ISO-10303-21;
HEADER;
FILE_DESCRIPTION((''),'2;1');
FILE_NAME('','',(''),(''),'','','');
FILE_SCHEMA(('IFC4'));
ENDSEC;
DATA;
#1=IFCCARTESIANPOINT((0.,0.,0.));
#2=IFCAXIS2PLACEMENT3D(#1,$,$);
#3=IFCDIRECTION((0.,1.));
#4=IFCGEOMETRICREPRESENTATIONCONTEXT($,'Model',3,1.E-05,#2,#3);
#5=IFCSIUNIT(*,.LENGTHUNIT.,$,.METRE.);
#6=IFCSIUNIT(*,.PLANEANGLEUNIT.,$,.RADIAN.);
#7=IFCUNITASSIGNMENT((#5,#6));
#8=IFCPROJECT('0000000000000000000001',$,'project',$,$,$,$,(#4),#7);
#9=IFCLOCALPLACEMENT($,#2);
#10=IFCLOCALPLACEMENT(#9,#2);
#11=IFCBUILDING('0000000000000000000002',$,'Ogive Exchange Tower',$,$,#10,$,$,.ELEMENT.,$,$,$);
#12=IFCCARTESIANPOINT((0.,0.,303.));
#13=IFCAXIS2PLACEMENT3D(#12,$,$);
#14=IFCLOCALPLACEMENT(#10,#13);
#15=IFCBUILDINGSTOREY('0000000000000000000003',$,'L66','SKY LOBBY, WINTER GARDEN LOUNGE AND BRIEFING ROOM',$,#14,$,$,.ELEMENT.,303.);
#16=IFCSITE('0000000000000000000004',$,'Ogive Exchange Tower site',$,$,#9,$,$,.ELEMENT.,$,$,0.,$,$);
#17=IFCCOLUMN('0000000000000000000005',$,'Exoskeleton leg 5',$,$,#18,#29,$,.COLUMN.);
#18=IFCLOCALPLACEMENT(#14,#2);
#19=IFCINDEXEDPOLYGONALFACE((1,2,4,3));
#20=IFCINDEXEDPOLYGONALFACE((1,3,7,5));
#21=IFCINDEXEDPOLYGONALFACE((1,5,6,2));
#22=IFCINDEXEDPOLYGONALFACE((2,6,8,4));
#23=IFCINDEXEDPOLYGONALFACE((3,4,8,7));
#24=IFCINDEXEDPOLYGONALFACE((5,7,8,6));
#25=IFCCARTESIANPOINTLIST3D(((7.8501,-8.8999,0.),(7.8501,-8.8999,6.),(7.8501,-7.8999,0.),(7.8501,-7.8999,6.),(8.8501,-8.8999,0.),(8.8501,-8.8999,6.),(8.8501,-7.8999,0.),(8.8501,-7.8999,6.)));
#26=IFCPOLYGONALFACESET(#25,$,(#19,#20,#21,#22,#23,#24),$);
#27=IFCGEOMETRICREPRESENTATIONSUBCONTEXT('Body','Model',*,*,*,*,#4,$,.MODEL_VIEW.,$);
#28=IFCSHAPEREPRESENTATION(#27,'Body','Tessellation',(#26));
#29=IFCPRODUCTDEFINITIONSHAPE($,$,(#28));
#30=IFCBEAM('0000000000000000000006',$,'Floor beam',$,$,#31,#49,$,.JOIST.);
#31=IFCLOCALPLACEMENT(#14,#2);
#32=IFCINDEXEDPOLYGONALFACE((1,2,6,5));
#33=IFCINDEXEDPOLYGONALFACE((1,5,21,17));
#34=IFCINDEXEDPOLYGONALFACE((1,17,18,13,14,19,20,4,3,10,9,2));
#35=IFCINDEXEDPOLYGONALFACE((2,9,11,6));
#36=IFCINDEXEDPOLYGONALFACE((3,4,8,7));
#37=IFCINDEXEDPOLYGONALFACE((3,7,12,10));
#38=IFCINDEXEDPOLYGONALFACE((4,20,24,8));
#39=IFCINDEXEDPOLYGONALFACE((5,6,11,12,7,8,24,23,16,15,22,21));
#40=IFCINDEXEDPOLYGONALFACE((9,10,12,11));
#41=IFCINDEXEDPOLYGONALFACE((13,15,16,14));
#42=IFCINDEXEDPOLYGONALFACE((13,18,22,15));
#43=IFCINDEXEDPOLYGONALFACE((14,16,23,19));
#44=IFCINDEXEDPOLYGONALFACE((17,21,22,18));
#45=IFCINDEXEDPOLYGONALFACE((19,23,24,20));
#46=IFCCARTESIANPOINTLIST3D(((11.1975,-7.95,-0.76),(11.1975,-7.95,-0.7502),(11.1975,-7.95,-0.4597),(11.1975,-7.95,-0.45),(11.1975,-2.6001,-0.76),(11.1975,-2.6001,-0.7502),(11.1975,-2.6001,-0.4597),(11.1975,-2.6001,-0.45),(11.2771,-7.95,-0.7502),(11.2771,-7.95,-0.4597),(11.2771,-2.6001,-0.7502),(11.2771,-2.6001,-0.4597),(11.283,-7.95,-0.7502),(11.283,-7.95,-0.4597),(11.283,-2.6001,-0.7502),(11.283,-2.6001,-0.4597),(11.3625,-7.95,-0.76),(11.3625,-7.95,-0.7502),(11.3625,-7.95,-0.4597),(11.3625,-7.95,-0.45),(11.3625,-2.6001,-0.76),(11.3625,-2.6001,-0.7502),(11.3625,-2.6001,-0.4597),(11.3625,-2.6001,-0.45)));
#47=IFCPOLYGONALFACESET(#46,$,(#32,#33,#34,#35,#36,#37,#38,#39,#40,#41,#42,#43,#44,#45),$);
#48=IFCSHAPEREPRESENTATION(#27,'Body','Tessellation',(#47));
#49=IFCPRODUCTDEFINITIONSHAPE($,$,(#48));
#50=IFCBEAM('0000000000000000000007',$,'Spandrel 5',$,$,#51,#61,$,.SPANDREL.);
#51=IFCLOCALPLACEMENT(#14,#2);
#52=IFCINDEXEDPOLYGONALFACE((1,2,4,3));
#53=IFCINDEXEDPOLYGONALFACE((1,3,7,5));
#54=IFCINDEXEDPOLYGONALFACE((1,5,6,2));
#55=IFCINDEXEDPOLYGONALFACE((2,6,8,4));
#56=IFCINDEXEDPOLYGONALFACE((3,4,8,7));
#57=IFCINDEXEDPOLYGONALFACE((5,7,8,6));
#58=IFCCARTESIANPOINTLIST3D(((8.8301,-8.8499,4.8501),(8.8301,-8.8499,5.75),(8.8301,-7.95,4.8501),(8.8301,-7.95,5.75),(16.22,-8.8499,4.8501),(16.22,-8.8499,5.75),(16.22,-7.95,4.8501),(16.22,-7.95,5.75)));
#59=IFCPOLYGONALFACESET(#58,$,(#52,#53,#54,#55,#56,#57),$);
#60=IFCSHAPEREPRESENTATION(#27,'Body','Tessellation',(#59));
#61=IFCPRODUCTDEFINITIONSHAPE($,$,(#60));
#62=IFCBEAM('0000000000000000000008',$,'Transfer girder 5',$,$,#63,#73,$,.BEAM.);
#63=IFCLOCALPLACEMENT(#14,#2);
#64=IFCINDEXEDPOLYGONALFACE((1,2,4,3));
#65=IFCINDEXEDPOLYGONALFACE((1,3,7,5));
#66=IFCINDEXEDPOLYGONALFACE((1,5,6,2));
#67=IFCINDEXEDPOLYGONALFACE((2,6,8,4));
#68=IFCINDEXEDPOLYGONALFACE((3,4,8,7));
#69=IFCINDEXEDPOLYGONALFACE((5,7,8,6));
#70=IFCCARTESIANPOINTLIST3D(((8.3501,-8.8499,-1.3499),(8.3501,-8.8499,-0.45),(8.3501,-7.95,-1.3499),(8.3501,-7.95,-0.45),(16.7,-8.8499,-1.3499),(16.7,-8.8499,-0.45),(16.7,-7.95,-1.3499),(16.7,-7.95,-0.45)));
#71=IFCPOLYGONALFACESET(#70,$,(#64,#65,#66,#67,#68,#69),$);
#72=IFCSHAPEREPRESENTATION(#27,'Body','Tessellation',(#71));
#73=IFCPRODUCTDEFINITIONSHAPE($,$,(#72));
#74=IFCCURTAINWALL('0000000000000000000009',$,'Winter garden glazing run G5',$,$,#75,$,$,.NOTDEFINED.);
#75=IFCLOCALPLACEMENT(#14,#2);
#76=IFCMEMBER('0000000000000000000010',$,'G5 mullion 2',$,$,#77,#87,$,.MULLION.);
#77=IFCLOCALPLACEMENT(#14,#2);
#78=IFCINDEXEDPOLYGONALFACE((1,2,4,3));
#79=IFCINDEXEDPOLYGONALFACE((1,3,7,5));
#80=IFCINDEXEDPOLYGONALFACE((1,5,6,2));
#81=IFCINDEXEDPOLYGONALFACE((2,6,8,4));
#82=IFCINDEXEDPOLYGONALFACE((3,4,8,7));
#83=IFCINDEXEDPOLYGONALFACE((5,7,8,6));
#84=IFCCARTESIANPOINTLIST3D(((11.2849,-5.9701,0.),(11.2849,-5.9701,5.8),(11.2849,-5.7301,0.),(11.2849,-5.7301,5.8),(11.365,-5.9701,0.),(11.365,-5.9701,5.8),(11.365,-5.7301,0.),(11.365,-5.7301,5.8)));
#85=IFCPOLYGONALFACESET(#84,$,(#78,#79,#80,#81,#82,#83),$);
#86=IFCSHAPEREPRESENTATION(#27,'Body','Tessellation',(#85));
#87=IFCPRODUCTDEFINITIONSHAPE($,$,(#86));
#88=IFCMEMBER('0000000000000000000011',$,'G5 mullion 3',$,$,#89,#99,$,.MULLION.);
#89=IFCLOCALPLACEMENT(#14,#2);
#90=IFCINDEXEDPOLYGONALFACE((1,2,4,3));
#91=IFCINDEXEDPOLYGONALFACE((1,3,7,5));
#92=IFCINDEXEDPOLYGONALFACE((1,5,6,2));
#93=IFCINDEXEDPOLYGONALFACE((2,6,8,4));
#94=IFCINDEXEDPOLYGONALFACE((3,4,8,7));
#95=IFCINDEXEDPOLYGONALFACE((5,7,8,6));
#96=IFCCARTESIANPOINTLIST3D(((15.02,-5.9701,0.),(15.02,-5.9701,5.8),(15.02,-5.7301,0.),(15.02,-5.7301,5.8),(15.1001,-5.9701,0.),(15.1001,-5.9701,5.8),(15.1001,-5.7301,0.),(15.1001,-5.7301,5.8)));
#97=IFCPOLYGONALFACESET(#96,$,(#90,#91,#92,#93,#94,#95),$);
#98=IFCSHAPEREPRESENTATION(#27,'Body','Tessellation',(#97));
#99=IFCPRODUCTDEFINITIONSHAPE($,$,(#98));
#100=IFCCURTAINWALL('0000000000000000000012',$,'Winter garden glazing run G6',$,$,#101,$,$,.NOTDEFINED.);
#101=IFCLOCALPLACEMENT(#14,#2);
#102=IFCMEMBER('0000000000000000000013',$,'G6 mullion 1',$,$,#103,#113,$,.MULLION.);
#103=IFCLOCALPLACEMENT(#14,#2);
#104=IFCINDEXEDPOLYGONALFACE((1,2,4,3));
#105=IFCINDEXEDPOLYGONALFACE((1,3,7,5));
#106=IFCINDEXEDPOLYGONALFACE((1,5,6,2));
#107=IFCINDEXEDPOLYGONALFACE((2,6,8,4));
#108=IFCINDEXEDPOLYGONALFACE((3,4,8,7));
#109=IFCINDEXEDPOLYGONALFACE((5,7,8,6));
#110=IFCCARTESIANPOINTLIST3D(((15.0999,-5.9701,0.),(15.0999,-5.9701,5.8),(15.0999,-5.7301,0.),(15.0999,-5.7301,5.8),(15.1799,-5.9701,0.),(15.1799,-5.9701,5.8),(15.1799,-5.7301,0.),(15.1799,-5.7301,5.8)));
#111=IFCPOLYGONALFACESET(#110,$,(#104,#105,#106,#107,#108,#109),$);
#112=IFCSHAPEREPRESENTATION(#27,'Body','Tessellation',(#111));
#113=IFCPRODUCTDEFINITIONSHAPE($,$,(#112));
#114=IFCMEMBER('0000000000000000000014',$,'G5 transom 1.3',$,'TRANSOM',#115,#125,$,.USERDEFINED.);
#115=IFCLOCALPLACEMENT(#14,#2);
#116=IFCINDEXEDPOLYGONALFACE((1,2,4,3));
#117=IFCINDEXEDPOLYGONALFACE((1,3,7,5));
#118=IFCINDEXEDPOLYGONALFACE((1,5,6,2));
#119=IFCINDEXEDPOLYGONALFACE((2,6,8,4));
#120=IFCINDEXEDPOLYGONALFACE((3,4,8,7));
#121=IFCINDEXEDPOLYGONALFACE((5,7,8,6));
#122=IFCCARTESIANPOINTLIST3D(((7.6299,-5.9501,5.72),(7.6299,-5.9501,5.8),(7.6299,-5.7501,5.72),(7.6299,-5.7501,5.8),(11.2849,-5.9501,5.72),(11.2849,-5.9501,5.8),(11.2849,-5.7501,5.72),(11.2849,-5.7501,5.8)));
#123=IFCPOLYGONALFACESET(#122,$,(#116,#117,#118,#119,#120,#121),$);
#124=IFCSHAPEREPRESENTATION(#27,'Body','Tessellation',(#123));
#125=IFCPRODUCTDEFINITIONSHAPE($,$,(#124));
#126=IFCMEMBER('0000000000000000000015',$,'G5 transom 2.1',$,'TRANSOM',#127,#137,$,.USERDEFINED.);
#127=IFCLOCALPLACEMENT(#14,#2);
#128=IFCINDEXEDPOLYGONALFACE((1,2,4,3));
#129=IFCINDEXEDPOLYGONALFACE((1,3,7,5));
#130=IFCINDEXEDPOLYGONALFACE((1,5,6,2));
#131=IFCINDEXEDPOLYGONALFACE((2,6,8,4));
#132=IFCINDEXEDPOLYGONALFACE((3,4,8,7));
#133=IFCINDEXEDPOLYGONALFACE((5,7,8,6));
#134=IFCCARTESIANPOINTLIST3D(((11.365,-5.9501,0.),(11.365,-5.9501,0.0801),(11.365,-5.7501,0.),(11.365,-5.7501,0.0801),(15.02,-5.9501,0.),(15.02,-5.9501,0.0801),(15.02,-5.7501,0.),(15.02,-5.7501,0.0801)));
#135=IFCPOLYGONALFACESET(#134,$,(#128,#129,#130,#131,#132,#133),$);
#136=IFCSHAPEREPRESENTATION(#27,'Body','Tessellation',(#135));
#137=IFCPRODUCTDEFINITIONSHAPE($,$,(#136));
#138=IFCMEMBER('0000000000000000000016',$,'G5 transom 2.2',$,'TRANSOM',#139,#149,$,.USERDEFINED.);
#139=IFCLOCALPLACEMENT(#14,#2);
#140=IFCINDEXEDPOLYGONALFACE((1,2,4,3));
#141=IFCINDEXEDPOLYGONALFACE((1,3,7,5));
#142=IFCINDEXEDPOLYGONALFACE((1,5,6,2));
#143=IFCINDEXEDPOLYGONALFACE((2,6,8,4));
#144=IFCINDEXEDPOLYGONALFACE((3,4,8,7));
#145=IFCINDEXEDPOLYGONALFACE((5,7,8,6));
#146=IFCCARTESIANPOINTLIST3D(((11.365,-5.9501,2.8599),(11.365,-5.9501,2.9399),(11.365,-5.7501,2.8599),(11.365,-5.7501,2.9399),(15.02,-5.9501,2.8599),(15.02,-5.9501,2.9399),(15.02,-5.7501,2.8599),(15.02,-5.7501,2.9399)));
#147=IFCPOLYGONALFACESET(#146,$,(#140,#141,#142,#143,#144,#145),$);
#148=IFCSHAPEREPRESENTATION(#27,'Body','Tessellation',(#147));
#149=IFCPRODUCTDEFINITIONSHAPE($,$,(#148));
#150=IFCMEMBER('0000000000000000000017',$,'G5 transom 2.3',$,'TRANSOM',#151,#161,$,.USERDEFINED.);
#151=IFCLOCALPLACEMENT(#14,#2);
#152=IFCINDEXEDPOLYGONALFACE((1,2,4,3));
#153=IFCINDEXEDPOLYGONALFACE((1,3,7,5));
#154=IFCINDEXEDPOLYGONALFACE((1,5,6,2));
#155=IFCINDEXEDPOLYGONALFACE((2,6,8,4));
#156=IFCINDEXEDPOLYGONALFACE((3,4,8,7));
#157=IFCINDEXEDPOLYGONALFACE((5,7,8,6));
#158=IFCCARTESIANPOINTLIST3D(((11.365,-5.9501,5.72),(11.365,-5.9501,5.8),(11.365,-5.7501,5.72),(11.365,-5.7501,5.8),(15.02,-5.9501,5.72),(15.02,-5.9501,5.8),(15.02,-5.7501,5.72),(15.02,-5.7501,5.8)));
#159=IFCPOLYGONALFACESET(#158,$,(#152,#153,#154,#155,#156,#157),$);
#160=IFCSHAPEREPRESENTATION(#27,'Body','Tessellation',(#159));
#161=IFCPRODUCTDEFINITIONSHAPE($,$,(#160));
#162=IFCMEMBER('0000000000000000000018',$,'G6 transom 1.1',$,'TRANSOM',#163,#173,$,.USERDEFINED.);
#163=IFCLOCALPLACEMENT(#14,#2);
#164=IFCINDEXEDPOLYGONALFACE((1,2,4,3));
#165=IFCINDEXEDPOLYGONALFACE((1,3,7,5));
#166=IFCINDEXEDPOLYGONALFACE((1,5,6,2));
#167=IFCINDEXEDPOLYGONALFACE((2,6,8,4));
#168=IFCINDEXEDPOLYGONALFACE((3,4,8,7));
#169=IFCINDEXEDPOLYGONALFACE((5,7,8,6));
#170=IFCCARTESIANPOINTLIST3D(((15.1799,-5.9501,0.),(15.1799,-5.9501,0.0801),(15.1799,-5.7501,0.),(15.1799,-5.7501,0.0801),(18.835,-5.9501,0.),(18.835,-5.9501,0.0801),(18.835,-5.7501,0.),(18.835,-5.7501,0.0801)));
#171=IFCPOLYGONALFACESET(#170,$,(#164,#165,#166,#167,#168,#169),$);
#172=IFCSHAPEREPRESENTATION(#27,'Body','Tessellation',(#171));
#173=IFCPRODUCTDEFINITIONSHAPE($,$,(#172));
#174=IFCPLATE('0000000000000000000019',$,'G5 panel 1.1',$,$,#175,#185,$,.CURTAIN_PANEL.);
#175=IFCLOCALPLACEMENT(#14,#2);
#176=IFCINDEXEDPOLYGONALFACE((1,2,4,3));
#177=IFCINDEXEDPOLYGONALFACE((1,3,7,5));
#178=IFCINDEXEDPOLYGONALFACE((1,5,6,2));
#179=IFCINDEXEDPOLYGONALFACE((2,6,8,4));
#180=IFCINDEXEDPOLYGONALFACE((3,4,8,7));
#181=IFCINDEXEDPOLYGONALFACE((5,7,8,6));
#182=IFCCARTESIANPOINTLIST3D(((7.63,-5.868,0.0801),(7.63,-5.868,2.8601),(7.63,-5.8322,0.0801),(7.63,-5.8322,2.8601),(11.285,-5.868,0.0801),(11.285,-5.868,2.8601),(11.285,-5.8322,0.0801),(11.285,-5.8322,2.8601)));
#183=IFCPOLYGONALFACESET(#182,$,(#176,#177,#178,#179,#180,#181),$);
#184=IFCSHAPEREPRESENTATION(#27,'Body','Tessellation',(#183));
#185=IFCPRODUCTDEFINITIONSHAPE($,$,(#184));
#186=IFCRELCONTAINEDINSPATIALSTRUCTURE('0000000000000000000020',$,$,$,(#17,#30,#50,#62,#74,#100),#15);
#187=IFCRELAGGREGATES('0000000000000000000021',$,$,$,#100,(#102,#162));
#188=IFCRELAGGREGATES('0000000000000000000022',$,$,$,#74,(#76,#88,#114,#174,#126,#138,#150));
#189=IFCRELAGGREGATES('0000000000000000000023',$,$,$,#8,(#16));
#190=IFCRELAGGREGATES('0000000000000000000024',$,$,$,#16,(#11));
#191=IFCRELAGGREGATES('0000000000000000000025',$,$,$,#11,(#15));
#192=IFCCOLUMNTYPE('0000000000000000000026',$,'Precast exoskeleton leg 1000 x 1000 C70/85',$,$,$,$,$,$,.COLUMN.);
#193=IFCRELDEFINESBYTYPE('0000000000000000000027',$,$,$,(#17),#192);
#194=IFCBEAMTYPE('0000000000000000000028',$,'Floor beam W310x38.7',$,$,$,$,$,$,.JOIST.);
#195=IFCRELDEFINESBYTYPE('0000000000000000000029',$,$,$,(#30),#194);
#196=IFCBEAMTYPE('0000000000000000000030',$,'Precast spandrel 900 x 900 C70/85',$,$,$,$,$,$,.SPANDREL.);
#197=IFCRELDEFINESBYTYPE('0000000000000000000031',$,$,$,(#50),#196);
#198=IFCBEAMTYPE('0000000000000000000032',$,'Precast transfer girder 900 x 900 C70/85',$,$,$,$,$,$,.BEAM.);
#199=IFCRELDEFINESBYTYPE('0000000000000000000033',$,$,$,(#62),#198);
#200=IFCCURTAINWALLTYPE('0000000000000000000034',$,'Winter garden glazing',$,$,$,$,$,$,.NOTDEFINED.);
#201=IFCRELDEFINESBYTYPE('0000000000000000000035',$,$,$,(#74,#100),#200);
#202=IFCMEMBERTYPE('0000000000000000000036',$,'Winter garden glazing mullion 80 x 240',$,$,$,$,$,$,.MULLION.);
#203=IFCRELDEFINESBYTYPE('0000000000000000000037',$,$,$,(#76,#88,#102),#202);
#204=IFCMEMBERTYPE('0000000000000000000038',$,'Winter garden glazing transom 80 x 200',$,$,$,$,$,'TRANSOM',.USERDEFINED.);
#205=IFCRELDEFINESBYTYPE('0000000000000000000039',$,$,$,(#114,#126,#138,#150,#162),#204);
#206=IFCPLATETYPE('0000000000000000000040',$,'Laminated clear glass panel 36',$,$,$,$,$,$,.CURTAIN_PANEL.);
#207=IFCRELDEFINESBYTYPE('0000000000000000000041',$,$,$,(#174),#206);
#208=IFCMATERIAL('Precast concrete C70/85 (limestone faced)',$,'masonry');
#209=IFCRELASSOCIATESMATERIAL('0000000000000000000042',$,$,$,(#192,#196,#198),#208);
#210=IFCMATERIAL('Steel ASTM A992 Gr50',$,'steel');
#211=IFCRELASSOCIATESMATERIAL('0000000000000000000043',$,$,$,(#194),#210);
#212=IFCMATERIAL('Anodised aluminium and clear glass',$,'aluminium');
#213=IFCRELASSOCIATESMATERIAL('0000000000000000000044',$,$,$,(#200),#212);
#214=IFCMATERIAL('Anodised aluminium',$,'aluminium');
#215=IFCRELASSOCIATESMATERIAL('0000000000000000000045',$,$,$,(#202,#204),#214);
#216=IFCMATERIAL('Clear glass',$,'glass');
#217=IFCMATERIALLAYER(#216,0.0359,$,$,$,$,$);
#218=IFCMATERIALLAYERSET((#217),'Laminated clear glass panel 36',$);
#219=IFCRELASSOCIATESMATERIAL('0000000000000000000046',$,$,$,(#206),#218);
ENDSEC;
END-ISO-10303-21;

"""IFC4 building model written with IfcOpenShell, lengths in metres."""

from ifc_helpers import new_model, si_unit, direction, frame, origin, origin_2d, place, context, subcontext, project, spatial, rectangle, i_section, extrude, material, layer, layer_set, material_profile, profile_set, type_object, element, aggregate, save


model = new_model("IFC4")

# Units and contexts
model_context = context("Model", 3, precision=1e-05, world=origin(), true_north=direction((0.0, 1.0)))
body_context = subcontext(model_context, "Body", "Model", "MODEL_VIEW")
ifc_project = project(units=[si_unit("LENGTHUNIT", "METRE"), si_unit("PLANEANGLEUNIT", "RADIAN")], contexts=[model_context])

# Site, building, storey
site_placement = place(None, origin())
site = spatial("IfcSite", under=ifc_project, at=site_placement, Name="Ogive Exchange Tower site", CompositionType="ELEMENT", RefElevation=0.0)
building_placement = place(site_placement, origin())
building = spatial("IfcBuilding", under=site, at=building_placement, Name="Ogive Exchange Tower", CompositionType="ELEMENT")
storey_placement = place(building_placement, frame((0.0, 0.0, 303.0)))
storey = spatial("IfcBuildingStorey", under=building, at=storey_placement, Name="L66", Description="SKY LOBBY, WINTER GARDEN LOUNGE AND BRIEFING ROOM", CompositionType="ELEMENT", Elevation=303.0)

# Column
ifc_material_1 = material(Name="Precast concrete C70/85 (limestone faced)", Category="masonry")
ifc_material_profile_1 = material_profile(ifc_material_1, rectangle(XDim=1.0, YDim=1.0, at=origin_2d()), Name="1000 x 1000")
ifc_profile_set_1 = profile_set([ifc_material_profile_1], Name="Precast concrete C70/85 (limestone faced)")
column_type = type_object("IfcColumnType", Name="Precast exoskeleton leg 1000 x 1000 C70/85", PredefinedType="COLUMN", material=ifc_profile_set_1)
column_placement = place(storey_placement, frame((8.3501, -8.3999, 0.0), z_axis=(0.0, 0.0, 1.0), x_axis=(1.0, 0.0, 0.0)))
element("IfcColumn", 1, at=column_placement, inside=storey, type_object=column_type, Name="Exoskeleton leg 5", PredefinedType="COLUMN", context=body_context, shape_type="SweptSolid", body=[
    extrude(rectangle(XDim=1.0, YDim=1.0, at=origin_2d()), origin(), (0.0, 0.0, 1.0), 6.0),
])

# Beams
ifc_material_2 = material(Name="Steel ASTM A992 Gr50", Category="steel")
ifc_material_profile_2 = material_profile(ifc_material_2, i_section(OverallWidth=0.165, OverallDepth=0.3101, WebThickness=0.0059, FlangeThickness=0.0098, at=origin_2d()), Name="W310x38.7")
ifc_profile_set_2 = profile_set([ifc_material_profile_2], Name="Steel ASTM A992 Gr50")
beam_type_1 = type_object("IfcBeamType", Name="Floor beam W310x38.7", PredefinedType="JOIST", material=ifc_profile_set_2)
beam_1_placement = place(storey_placement, frame((11.28, -7.95, -0.605), z_axis=(0.0, 1.0, 0.0), x_axis=(-1.0, 0.0, 0.0)))
element("IfcBeam", 2, at=beam_1_placement, inside=storey, type_object=beam_type_1, Name="Floor beam", PredefinedType="JOIST", context=body_context, shape_type="SweptSolid", body=[
    extrude(i_section(OverallWidth=0.165, OverallDepth=0.3101, WebThickness=0.0059, FlangeThickness=0.0098, at=origin_2d()), origin(), (0.0, 0.0, 1.0), 5.3499),
])
ifc_material_profile_3 = material_profile(ifc_material_1, rectangle(XDim=0.8999, YDim=0.8999, at=origin_2d()), Name="900 x 900")
ifc_profile_set_3 = profile_set([ifc_material_profile_3], Name="Precast concrete C70/85 (limestone faced)")
beam_type_2 = type_object("IfcBeamType", Name="Precast spandrel 900 x 900 C70/85", PredefinedType="SPANDREL", material=ifc_profile_set_3)
beam_2_placement = place(storey_placement, frame((8.8301, -8.3999, 5.3), z_axis=(1.0, 0.0, 0.0), x_axis=(0.0, 1.0, 0.0)))
element("IfcBeam", 3, at=beam_2_placement, inside=storey, type_object=beam_type_2, Name="Spandrel 5", PredefinedType="SPANDREL", context=body_context, shape_type="SweptSolid", body=[
    extrude(rectangle(XDim=0.8999, YDim=0.8999, at=origin_2d()), origin(), (0.0, 0.0, 1.0), 7.3899),
])
ifc_material_profile_4 = material_profile(ifc_material_1, rectangle(XDim=0.8999, YDim=0.8999, at=origin_2d()), Name="900 x 900")
ifc_profile_set_4 = profile_set([ifc_material_profile_4], Name="Precast concrete C70/85 (limestone faced)")
beam_type_3 = type_object("IfcBeamType", Name="Precast transfer girder 900 x 900 C70/85", PredefinedType="BEAM", material=ifc_profile_set_4)
beam_3_placement = place(storey_placement, frame((8.3501, -8.3999, -0.8999), z_axis=(1.0, 0.0, 0.0), x_axis=(0.0, 1.0, 0.0)))
element("IfcBeam", 4, at=beam_3_placement, inside=storey, type_object=beam_type_3, Name="Transfer girder 5", PredefinedType="BEAM", context=body_context, shape_type="SweptSolid", body=[
    extrude(rectangle(XDim=0.8999, YDim=0.8999, at=origin_2d()), origin(), (0.0, 0.0, 1.0), 8.3499),
])

# Curtain wall, members
ifc_material_3 = material(Name="Anodised aluminium and clear glass", Category="aluminium")
curtain_wall_type = type_object("IfcCurtainWallType", Name="Winter garden glazing", PredefinedType="NOTDEFINED", material=ifc_material_3)
curtain_wall_1_placement = place(storey_placement, origin())
curtain_wall_1 = element("IfcCurtainWall", 5, at=curtain_wall_1_placement, inside=storey, type_object=curtain_wall_type, Name="Winter garden glazing run G5", PredefinedType="NOTDEFINED")
ifc_material_4 = material(Name="Anodised aluminium", Category="aluminium")
ifc_material_profile_5 = material_profile(ifc_material_4, rectangle(XDim=0.24, YDim=0.0801, at=origin_2d()), Name="AL 80x240")
ifc_profile_set_5 = profile_set([ifc_material_profile_5], Name="Anodised aluminium")
member_type_1 = type_object("IfcMemberType", Name="Winter garden glazing mullion 80 x 240", PredefinedType="MULLION", material=ifc_profile_set_5)
member_1_placement = place(storey_placement, frame((11.325, -5.8501, 0.0), z_axis=(0.0, 0.0, 1.0), x_axis=(0.0, 1.0, 0.0)))
member_1 = element("IfcMember", 6, at=member_1_placement, type_object=member_type_1, Name="G5 mullion 2", PredefinedType="MULLION", context=body_context, shape_type="SweptSolid", body=[
    extrude(rectangle(XDim=0.24, YDim=0.0801, at=origin_2d()), origin(), (0.0, 0.0, 1.0), 5.8),
])
member_2_placement = place(storey_placement, frame((15.0601, -5.8501, 0.0), z_axis=(0.0, 0.0, 1.0), x_axis=(0.0, 1.0, 0.0)))
member_2 = element("IfcMember", 7, at=member_2_placement, type_object=member_type_1, Name="G5 mullion 3", PredefinedType="MULLION", context=body_context, shape_type="SweptSolid", body=[
    extrude(rectangle(XDim=0.24, YDim=0.0801, at=origin_2d()), origin(), (0.0, 0.0, 1.0), 5.8),
])

# Curtain wall, member
curtain_wall_2_placement = place(storey_placement, origin())
curtain_wall_2 = element("IfcCurtainWall", 8, at=curtain_wall_2_placement, inside=storey, type_object=curtain_wall_type, Name="Winter garden glazing run G6", PredefinedType="NOTDEFINED")
member_3_placement = place(storey_placement, frame((15.1399, -5.8501, 0.0), z_axis=(0.0, 0.0, 1.0), x_axis=(0.0, 1.0, 0.0)))
member_3 = element("IfcMember", 9, at=member_3_placement, type_object=member_type_1, Name="G6 mullion 1", PredefinedType="MULLION", context=body_context, shape_type="SweptSolid", body=[
    extrude(rectangle(XDim=0.24, YDim=0.0801, at=origin_2d()), origin(), (0.0, 0.0, 1.0), 5.8),
])

# Members
ifc_material_profile_6 = material_profile(ifc_material_4, rectangle(XDim=0.2, YDim=0.0801, at=origin_2d()), Name="AL 80x200")
ifc_profile_set_6 = profile_set([ifc_material_profile_6], Name="Anodised aluminium")
member_type_2 = type_object("IfcMemberType", Name="Winter garden glazing transom 80 x 200", ElementType="TRANSOM", PredefinedType="USERDEFINED", material=ifc_profile_set_6)
member_4_placement = place(storey_placement, frame((7.6299, -5.8501, 5.76), z_axis=(1.0, 0.0, 0.0), x_axis=(0.0, 1.0, 0.0)))
member_4 = element("IfcMember", 10, at=member_4_placement, type_object=member_type_2, Name="G5 transom 1.3", ObjectType="TRANSOM", PredefinedType="USERDEFINED", context=body_context, shape_type="SweptSolid", body=[
    extrude(rectangle(XDim=0.2, YDim=0.0801, at=origin_2d()), origin(), (0.0, 0.0, 1.0), 3.655),
])
member_5_placement = place(storey_placement, frame((11.365, -5.8501, 0.04), z_axis=(1.0, 0.0, 0.0), x_axis=(0.0, 1.0, 0.0)))
member_5 = element("IfcMember", 11, at=member_5_placement, type_object=member_type_2, Name="G5 transom 2.1", ObjectType="TRANSOM", PredefinedType="USERDEFINED", context=body_context, shape_type="SweptSolid", body=[
    extrude(rectangle(XDim=0.2, YDim=0.0801, at=origin_2d()), origin(), (0.0, 0.0, 1.0), 3.655),
])
member_6_placement = place(storey_placement, frame((11.365, -5.8501, 2.8999), z_axis=(1.0, 0.0, 0.0), x_axis=(0.0, 1.0, 0.0)))
member_6 = element("IfcMember", 12, at=member_6_placement, type_object=member_type_2, Name="G5 transom 2.2", ObjectType="TRANSOM", PredefinedType="USERDEFINED", context=body_context, shape_type="SweptSolid", body=[
    extrude(rectangle(XDim=0.2, YDim=0.0801, at=origin_2d()), origin(), (0.0, 0.0, 1.0), 3.655),
])
member_7_placement = place(storey_placement, frame((11.365, -5.8501, 5.76), z_axis=(1.0, 0.0, 0.0), x_axis=(0.0, 1.0, 0.0)))
member_7 = element("IfcMember", 13, at=member_7_placement, type_object=member_type_2, Name="G5 transom 2.3", ObjectType="TRANSOM", PredefinedType="USERDEFINED", context=body_context, shape_type="SweptSolid", body=[
    extrude(rectangle(XDim=0.2, YDim=0.0801, at=origin_2d()), origin(), (0.0, 0.0, 1.0), 3.655),
])
member_8_placement = place(storey_placement, frame((15.1799, -5.8501, 0.04), z_axis=(1.0, 0.0, 0.0), x_axis=(0.0, 1.0, 0.0)))
member_8 = element("IfcMember", 14, at=member_8_placement, type_object=member_type_2, Name="G6 transom 1.1", ObjectType="TRANSOM", PredefinedType="USERDEFINED", context=body_context, shape_type="SweptSolid", body=[
    extrude(rectangle(XDim=0.2, YDim=0.0801, at=origin_2d()), origin(), (0.0, 0.0, 1.0), 3.655),
])
aggregate(curtain_wall_2, [member_3, member_8])

# Plate
ifc_material_5 = material(Name="Clear glass", Category="glass")
ifc_layer_1 = layer(ifc_material_5, 0.0359)
ifc_layer_set_1 = layer_set([ifc_layer_1], Name="Laminated clear glass panel 36")
plate_type = type_object("IfcPlateType", Name="Laminated clear glass panel 36", PredefinedType="CURTAIN_PANEL", material=ifc_layer_set_1)
plate_1_placement = place(storey_placement, frame((9.4575, -5.8501, 0.0801), z_axis=(0.0, 0.0, 1.0), x_axis=(1.0, 0.0, 0.0)))
plate_1 = element("IfcPlate", 15, at=plate_1_placement, type_object=plate_type, Name="G5 panel 1.1", PredefinedType="CURTAIN_PANEL", context=body_context, shape_type="SweptSolid", body=[
    extrude(rectangle(XDim=3.655, YDim=0.0359, at=origin_2d()), origin(), (0.0, 0.0, 1.0), 2.78),
])
aggregate(curtain_wall_1, [member_1, member_2, member_4, plate_1, member_5, member_6, member_7])

save(model, "model.ifc")
